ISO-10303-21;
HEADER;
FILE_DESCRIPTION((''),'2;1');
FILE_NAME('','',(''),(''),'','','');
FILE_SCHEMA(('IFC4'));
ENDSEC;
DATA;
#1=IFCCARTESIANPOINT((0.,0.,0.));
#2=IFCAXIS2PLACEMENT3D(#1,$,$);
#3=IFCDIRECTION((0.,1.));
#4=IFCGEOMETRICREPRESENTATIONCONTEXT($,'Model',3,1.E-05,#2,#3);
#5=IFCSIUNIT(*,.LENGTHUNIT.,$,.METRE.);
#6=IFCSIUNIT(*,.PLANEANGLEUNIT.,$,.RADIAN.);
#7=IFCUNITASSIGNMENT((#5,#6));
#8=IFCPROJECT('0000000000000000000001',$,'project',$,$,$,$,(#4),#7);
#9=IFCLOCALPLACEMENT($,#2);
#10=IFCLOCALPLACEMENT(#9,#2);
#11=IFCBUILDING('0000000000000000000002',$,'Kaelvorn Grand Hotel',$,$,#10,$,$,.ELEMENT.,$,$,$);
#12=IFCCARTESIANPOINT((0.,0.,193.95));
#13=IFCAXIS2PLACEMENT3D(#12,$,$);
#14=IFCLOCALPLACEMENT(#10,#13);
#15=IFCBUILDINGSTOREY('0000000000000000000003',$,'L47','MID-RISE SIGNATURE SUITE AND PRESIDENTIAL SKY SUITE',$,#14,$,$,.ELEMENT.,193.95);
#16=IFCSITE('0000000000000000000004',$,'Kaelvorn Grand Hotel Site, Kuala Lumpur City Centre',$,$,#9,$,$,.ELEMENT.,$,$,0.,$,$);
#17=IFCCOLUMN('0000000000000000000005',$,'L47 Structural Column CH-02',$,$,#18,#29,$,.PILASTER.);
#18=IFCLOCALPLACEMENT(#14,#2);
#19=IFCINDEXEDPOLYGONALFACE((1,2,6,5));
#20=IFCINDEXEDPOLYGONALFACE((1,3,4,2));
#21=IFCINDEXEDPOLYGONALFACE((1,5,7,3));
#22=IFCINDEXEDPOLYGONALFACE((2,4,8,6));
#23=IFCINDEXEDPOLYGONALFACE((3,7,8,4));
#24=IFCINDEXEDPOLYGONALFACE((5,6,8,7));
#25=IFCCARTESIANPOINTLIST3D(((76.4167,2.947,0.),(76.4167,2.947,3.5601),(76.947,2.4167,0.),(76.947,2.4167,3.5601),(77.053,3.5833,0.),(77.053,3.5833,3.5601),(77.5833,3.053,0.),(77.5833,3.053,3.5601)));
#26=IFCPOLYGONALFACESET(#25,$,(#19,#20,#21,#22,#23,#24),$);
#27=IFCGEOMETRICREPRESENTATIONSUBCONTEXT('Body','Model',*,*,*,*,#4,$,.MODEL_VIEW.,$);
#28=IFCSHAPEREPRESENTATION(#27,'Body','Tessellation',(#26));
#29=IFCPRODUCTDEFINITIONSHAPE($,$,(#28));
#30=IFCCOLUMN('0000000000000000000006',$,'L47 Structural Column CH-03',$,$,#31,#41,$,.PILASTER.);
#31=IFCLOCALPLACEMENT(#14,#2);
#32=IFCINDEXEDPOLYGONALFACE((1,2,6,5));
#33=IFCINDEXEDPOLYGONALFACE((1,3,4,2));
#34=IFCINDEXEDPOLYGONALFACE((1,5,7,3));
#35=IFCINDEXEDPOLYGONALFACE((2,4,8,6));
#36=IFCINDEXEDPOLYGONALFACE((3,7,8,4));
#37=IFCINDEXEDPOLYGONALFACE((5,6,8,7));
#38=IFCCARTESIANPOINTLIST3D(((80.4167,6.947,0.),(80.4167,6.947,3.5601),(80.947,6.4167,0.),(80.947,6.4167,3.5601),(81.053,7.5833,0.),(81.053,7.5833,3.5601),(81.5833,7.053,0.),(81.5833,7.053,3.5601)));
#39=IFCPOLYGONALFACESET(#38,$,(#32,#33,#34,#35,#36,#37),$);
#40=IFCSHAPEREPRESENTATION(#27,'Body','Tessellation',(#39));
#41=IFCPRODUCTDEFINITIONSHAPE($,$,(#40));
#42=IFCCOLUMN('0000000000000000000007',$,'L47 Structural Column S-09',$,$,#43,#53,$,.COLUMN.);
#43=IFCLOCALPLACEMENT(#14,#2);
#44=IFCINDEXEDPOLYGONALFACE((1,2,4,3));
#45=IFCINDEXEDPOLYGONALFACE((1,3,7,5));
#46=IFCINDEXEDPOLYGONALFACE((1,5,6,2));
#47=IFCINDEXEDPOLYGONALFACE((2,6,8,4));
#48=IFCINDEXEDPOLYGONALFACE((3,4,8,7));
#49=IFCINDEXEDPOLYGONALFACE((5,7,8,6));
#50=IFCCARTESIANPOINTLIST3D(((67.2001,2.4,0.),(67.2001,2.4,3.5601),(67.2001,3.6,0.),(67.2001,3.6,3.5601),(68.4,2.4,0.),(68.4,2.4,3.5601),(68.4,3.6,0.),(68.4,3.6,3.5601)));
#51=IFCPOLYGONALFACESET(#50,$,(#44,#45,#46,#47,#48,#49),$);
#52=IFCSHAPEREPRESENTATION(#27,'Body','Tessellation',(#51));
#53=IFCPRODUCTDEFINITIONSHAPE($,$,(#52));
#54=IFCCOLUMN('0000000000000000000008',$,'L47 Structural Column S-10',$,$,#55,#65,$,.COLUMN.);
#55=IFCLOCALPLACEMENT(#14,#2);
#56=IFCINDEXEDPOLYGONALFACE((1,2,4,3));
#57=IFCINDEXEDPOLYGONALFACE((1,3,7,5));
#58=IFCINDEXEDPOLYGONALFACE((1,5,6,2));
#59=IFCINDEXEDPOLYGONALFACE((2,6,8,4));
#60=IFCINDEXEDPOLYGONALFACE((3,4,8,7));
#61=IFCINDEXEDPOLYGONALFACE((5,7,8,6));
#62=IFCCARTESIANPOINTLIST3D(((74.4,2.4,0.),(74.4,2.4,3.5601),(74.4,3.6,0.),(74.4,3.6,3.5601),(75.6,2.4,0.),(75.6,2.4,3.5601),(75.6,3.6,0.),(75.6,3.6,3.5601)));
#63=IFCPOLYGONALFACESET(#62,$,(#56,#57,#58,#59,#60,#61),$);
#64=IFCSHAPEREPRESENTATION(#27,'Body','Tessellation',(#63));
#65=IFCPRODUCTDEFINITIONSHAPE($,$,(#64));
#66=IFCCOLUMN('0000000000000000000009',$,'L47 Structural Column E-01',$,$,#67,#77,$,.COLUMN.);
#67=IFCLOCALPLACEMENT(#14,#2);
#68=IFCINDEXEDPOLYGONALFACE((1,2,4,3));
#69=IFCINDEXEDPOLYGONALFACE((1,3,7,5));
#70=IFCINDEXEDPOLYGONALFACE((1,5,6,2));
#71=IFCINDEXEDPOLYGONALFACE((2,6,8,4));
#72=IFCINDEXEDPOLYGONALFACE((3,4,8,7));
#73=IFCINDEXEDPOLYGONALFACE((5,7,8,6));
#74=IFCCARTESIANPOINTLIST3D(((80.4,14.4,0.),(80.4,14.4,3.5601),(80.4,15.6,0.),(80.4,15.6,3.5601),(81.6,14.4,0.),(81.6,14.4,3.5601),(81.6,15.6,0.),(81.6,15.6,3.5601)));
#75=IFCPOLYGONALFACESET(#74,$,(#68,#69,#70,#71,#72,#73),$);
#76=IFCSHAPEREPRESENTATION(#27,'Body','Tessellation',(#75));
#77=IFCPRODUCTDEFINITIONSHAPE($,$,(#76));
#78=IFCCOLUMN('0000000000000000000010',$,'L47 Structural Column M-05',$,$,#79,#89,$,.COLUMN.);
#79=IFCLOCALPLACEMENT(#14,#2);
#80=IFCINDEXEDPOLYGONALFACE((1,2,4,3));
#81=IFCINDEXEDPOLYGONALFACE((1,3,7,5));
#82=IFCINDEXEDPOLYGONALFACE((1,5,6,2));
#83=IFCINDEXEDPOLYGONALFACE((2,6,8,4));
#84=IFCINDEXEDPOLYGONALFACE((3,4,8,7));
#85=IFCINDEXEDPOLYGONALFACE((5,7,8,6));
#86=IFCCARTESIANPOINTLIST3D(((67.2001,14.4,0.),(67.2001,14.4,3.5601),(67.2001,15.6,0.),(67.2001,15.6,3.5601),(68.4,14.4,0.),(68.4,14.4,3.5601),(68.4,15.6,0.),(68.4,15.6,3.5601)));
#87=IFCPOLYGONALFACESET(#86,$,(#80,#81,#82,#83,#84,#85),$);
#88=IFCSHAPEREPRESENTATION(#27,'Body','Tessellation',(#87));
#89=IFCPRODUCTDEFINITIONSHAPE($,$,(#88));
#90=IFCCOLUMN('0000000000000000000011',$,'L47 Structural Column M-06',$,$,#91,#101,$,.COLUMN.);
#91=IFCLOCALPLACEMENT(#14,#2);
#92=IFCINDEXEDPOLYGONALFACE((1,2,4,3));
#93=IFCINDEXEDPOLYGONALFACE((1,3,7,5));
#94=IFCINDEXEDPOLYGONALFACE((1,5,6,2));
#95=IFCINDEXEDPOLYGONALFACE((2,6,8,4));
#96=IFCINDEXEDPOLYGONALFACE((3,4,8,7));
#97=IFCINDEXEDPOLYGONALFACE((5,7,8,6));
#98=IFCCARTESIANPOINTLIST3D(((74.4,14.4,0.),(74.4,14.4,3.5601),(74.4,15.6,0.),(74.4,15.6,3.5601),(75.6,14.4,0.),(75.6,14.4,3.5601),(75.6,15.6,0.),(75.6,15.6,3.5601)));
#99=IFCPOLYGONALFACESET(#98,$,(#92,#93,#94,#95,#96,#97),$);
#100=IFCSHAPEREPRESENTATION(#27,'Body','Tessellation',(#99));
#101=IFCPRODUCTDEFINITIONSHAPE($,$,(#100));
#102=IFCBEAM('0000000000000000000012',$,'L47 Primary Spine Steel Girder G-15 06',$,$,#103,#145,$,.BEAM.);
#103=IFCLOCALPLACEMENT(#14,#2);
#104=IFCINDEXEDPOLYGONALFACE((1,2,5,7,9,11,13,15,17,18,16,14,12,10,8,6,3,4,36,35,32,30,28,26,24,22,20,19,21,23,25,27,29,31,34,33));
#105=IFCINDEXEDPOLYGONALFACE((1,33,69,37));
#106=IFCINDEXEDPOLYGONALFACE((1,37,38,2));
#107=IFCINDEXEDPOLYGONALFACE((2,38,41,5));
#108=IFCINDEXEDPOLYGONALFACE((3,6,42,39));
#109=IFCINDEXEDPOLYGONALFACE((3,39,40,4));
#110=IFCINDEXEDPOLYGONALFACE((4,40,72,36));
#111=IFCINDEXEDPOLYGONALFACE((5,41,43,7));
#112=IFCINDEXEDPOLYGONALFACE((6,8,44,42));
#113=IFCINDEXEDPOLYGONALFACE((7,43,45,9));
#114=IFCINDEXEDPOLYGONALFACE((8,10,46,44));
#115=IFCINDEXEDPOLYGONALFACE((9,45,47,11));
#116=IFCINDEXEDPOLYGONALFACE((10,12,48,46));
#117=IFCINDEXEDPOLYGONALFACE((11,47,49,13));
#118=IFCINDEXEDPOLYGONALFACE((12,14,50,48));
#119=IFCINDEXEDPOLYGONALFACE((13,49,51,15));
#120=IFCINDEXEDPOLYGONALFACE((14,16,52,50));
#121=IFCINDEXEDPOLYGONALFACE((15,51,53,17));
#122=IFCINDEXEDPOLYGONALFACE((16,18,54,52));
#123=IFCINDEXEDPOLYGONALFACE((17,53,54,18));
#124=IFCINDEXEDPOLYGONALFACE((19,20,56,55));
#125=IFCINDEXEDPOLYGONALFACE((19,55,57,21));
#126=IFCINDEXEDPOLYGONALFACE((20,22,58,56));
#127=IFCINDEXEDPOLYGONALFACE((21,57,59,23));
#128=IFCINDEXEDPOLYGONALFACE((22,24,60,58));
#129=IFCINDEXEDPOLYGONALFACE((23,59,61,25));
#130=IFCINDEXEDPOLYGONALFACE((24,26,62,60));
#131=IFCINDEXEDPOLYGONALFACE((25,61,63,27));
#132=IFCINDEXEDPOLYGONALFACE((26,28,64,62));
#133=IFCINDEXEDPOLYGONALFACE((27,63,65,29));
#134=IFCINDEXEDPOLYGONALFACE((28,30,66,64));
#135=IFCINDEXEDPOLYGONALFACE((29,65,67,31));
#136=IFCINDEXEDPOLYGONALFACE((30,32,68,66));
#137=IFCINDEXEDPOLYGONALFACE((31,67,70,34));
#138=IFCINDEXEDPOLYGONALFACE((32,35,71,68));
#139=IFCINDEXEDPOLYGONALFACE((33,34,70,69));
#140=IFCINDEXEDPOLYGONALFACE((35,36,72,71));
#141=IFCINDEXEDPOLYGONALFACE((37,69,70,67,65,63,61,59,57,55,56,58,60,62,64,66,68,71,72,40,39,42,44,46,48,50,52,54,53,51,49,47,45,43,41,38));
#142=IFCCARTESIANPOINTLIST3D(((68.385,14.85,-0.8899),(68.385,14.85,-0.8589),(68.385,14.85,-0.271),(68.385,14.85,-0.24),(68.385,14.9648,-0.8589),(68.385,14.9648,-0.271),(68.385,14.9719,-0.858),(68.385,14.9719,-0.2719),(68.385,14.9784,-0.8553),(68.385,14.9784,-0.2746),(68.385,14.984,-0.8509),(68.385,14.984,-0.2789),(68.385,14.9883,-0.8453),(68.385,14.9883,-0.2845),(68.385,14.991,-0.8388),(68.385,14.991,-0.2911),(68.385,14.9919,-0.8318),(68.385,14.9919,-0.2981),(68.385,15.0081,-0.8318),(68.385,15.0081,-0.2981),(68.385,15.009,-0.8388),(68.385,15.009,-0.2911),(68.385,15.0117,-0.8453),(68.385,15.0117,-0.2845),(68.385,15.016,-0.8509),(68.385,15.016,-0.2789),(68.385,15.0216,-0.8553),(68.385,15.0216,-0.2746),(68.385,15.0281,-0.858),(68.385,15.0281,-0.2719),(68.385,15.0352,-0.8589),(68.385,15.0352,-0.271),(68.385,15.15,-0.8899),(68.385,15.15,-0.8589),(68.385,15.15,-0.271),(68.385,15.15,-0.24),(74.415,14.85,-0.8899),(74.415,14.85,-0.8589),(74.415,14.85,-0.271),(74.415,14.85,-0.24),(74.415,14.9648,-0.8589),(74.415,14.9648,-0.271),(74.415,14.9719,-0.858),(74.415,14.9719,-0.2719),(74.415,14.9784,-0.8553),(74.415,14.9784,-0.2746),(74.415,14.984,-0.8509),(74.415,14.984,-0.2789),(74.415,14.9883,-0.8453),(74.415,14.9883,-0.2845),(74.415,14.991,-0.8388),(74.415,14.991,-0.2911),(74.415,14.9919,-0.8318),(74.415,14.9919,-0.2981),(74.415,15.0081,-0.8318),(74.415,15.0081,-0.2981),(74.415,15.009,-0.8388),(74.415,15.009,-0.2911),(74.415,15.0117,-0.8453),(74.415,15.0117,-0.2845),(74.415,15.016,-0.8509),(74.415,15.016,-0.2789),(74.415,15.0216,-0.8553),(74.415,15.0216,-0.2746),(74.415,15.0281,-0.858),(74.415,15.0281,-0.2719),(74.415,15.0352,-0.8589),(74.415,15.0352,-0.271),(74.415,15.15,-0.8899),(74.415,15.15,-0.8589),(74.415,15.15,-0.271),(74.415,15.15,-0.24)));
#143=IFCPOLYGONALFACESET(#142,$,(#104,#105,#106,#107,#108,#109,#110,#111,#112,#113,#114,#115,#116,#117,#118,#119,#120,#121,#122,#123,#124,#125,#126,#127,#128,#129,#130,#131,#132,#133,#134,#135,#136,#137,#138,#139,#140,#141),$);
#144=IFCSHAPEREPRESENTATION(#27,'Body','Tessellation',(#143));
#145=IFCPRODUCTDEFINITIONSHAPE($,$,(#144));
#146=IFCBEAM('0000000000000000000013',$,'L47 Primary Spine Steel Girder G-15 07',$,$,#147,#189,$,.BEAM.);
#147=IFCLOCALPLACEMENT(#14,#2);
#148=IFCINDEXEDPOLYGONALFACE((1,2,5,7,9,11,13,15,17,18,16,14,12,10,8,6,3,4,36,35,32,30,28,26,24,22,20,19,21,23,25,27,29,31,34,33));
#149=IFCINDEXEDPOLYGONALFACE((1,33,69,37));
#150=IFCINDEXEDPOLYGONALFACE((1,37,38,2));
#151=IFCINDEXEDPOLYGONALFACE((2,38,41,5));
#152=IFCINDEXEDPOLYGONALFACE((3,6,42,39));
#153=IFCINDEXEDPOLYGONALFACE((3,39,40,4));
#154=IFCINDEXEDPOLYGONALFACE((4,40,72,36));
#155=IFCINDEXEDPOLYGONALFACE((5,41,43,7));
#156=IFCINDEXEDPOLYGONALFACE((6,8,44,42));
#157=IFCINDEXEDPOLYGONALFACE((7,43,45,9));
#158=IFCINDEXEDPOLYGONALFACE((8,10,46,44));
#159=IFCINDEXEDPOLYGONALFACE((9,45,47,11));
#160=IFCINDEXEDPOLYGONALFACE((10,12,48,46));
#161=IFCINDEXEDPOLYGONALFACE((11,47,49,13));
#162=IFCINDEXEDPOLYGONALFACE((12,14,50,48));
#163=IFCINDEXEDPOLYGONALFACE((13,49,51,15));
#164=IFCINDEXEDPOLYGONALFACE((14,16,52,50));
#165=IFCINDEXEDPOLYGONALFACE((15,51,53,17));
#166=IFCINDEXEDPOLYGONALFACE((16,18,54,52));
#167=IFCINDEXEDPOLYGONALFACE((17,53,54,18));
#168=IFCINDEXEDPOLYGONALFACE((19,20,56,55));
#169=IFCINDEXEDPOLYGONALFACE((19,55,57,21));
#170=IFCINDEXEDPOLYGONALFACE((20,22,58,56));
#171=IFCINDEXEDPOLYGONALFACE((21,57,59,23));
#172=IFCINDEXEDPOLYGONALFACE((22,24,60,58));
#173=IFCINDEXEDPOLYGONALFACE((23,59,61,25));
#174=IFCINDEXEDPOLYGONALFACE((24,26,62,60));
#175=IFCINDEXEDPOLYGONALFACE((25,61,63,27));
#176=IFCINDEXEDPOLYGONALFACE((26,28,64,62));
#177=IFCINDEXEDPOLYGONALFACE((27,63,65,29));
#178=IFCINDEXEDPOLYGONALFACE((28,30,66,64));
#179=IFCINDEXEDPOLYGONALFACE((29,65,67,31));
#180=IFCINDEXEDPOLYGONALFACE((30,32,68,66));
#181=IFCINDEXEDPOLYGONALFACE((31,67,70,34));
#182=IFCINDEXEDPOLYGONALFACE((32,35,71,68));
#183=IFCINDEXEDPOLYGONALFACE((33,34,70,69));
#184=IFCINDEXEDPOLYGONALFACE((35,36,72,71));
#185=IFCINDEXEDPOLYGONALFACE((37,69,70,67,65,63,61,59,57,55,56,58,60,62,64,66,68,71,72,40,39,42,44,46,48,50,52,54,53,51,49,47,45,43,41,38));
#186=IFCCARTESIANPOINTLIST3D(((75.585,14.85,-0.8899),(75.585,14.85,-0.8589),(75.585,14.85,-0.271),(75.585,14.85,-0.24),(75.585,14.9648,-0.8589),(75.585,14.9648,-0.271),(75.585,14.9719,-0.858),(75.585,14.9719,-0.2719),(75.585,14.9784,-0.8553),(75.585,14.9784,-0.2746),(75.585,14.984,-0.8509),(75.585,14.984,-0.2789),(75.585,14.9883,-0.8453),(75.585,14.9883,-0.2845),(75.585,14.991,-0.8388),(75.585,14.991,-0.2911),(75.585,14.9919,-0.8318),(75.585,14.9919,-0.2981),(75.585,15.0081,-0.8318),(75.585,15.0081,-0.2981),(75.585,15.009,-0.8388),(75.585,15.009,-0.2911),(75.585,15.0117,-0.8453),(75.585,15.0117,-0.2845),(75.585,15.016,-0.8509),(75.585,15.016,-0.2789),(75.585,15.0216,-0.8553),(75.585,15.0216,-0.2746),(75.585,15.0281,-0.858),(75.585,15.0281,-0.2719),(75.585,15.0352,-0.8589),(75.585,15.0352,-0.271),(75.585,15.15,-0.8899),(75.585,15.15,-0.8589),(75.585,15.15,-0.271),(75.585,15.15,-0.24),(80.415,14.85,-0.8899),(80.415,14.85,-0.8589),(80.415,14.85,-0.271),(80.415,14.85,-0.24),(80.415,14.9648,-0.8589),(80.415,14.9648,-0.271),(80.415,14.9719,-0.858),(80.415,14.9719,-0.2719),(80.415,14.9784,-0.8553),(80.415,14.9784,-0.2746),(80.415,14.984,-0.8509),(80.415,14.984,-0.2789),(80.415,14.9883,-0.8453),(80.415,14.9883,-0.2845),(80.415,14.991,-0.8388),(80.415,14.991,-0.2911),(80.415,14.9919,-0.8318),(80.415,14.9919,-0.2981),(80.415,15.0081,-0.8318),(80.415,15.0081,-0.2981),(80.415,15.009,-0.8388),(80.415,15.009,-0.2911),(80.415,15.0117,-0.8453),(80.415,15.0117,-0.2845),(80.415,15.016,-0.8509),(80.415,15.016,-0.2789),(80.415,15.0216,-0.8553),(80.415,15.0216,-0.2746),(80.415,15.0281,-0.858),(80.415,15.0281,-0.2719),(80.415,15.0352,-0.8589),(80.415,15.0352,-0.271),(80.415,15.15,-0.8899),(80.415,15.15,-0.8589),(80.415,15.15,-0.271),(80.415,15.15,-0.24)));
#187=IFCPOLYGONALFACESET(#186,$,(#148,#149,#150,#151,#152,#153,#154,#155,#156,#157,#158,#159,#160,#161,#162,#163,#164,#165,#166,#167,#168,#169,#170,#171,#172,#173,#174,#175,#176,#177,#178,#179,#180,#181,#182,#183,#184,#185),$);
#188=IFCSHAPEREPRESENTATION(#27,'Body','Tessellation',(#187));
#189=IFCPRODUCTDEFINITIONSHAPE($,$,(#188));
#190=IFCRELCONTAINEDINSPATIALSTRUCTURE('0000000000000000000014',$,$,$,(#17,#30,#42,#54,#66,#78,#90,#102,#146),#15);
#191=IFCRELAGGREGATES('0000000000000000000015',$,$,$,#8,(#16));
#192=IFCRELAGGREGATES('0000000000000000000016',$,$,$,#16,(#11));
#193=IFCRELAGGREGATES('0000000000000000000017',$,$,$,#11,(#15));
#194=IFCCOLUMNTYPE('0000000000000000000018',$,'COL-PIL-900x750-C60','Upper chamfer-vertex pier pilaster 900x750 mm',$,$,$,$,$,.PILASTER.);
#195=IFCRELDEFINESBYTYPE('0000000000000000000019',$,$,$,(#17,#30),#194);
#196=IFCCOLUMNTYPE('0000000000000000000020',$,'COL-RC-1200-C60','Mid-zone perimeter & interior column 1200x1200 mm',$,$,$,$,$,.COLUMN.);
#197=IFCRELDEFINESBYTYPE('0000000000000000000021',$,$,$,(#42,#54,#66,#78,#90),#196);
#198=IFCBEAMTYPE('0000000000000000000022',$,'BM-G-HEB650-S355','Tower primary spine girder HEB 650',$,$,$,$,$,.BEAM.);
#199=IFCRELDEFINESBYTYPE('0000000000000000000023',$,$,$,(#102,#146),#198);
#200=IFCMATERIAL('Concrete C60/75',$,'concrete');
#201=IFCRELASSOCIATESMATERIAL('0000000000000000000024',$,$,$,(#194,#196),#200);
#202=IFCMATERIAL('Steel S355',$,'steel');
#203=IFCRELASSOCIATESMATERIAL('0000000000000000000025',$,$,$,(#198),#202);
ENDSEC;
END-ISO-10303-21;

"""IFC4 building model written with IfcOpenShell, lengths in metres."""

from ifc_helpers import new_model, si_unit, direction, frame, origin, origin_2d, place, context, subcontext, project, spatial, rectangle, i_section, extrude, material, material_profile, profile_set, type_object, element, save


model = new_model("IFC4")

# Units and contexts
model_context = context("Model", 3, precision=1e-05, world=origin(), true_north=direction((0.0, 1.0)))
body_context = subcontext(model_context, "Body", "Model", "MODEL_VIEW")
ifc_project = project(units=[si_unit("LENGTHUNIT", "METRE"), si_unit("PLANEANGLEUNIT", "RADIAN")], contexts=[model_context])

# Site, building, storey
site_placement = place(None, origin())
site = spatial("IfcSite", under=ifc_project, at=site_placement, Name="Kaelvorn Grand Hotel Site, Kuala Lumpur City Centre", CompositionType="ELEMENT", RefElevation=0.0)
building_placement = place(site_placement, origin())
building = spatial("IfcBuilding", under=site, at=building_placement, Name="Kaelvorn Grand Hotel", CompositionType="ELEMENT")
storey_placement = place(building_placement, frame((0.0, 0.0, 193.95)))
storey = spatial("IfcBuildingStorey", under=building, at=storey_placement, Name="L47", Description="MID-RISE SIGNATURE SUITE AND PRESIDENTIAL SKY SUITE", CompositionType="ELEMENT", Elevation=193.95)

# Columns
ifc_material_1 = material(Name="Concrete C60/75", Category="concrete")
ifc_material_profile_1 = material_profile(ifc_material_1, rectangle(XDim=0.8999, YDim=0.75, at=origin_2d()), Name="RC PILASTER 900x750")
ifc_profile_set_1 = profile_set([ifc_material_profile_1], Name="Concrete C60/75")
column_type_1 = type_object("IfcColumnType", Name="COL-PIL-900x750-C60", Description="Upper chamfer-vertex pier pilaster 900x750 mm", PredefinedType="PILASTER", material=ifc_profile_set_1)
for number, where, z_axis, x_axis, name in (
    (1, (77.0, 3.0, 0.0), (0.0, 0.0, 1.0), (0.707107, 0.707107, 0.0), "L47 Structural Column CH-02"),
    (2, (81.0, 7.0, 0.0), (0.0, 0.0, 1.0), (0.707107, 0.707107, 0.0), "L47 Structural Column CH-03"),
):
    element("IfcColumn", number, at=place(storey_placement, frame(where, z_axis=z_axis, x_axis=x_axis)), inside=storey, type_object=column_type_1, Name=name, PredefinedType="PILASTER", context=body_context, shape_type="SweptSolid", body=[
        extrude(rectangle(XDim=0.8999, YDim=0.75, at=origin_2d()), origin(), (0.0, 0.0, 1.0), 3.5601),
    ])
ifc_material_profile_2 = material_profile(ifc_material_1, rectangle(XDim=1.2, YDim=1.2, at=origin_2d()), Name="RC COL 1200x1200")
ifc_profile_set_2 = profile_set([ifc_material_profile_2], Name="Concrete C60/75")
column_type_2 = type_object("IfcColumnType", Name="COL-RC-1200-C60", Description="Mid-zone perimeter & interior column 1200x1200 mm", PredefinedType="COLUMN", material=ifc_profile_set_2)
for number, where, z_axis, x_axis, name in (
    (3, (67.8, 3.0, 0.0), (0.0, 0.0, 1.0), (1.0, 0.0, 0.0), "L47 Structural Column S-09"),
    (4, (75.0, 3.0, 0.0), (0.0, 0.0, 1.0), (1.0, 0.0, 0.0), "L47 Structural Column S-10"),
    (5, (81.0, 15.0, 0.0), (0.0, 0.0, 1.0), (1.0, 0.0, 0.0), "L47 Structural Column E-01"),
    (6, (67.8, 15.0, 0.0), (0.0, 0.0, 1.0), (1.0, 0.0, 0.0), "L47 Structural Column M-05"),
    (7, (75.0, 15.0, 0.0), (0.0, 0.0, 1.0), (1.0, 0.0, 0.0), "L47 Structural Column M-06"),
):
    element("IfcColumn", number, at=place(storey_placement, frame(where, z_axis=z_axis, x_axis=x_axis)), inside=storey, type_object=column_type_2, Name=name, PredefinedType="COLUMN", context=body_context, shape_type="SweptSolid", body=[
        extrude(rectangle(XDim=1.2, YDim=1.2, at=origin_2d()), origin(), (0.0, 0.0, 1.0), 3.5601),
    ])

# Beams
ifc_material_2 = material(Name="Steel S355", Category="steel")
ifc_material_profile_3 = material_profile(ifc_material_2, i_section(OverallWidth=0.3, OverallDepth=0.6499, WebThickness=0.0161, FlangeThickness=0.031, FilletRadius=0.0271, at=origin_2d()), Name="HEB 650")
ifc_profile_set_3 = profile_set([ifc_material_profile_3], Name="Steel S355")
beam_type_1 = type_object("IfcBeamType", Name="BM-G-HEB650-S355", Description="Tower primary spine girder HEB 650", PredefinedType="BEAM", material=ifc_profile_set_3)
beam_1_placement = place(storey_placement, frame((68.385, 15.0, -0.5649), z_axis=(1.0, 0.0, 0.0), x_axis=(0.0, 1.0, 0.0)))
element("IfcBeam", 8, at=beam_1_placement, inside=storey, type_object=beam_type_1, Name="L47 Primary Spine Steel Girder G-15 06", PredefinedType="BEAM", context=body_context, shape_type="SweptSolid", body=[
    extrude(i_section(OverallWidth=0.3, OverallDepth=0.6499, WebThickness=0.0161, FlangeThickness=0.031, FilletRadius=0.0271, at=origin_2d()), origin(), (0.0, 0.0, 1.0), 6.03),
])
beam_2_placement = place(storey_placement, frame((75.585, 15.0, -0.5649), z_axis=(1.0, 0.0, 0.0), x_axis=(0.0, 1.0, 0.0)))
element("IfcBeam", 9, at=beam_2_placement, inside=storey, type_object=beam_type_1, Name="L47 Primary Spine Steel Girder G-15 07", PredefinedType="BEAM", context=body_context, shape_type="SweptSolid", body=[
    extrude(i_section(OverallWidth=0.3, OverallDepth=0.6499, WebThickness=0.0161, FlangeThickness=0.031, FilletRadius=0.0271, at=origin_2d()), origin(), (0.0, 0.0, 1.0), 4.8301),
])

save(model, "model.ifc")
